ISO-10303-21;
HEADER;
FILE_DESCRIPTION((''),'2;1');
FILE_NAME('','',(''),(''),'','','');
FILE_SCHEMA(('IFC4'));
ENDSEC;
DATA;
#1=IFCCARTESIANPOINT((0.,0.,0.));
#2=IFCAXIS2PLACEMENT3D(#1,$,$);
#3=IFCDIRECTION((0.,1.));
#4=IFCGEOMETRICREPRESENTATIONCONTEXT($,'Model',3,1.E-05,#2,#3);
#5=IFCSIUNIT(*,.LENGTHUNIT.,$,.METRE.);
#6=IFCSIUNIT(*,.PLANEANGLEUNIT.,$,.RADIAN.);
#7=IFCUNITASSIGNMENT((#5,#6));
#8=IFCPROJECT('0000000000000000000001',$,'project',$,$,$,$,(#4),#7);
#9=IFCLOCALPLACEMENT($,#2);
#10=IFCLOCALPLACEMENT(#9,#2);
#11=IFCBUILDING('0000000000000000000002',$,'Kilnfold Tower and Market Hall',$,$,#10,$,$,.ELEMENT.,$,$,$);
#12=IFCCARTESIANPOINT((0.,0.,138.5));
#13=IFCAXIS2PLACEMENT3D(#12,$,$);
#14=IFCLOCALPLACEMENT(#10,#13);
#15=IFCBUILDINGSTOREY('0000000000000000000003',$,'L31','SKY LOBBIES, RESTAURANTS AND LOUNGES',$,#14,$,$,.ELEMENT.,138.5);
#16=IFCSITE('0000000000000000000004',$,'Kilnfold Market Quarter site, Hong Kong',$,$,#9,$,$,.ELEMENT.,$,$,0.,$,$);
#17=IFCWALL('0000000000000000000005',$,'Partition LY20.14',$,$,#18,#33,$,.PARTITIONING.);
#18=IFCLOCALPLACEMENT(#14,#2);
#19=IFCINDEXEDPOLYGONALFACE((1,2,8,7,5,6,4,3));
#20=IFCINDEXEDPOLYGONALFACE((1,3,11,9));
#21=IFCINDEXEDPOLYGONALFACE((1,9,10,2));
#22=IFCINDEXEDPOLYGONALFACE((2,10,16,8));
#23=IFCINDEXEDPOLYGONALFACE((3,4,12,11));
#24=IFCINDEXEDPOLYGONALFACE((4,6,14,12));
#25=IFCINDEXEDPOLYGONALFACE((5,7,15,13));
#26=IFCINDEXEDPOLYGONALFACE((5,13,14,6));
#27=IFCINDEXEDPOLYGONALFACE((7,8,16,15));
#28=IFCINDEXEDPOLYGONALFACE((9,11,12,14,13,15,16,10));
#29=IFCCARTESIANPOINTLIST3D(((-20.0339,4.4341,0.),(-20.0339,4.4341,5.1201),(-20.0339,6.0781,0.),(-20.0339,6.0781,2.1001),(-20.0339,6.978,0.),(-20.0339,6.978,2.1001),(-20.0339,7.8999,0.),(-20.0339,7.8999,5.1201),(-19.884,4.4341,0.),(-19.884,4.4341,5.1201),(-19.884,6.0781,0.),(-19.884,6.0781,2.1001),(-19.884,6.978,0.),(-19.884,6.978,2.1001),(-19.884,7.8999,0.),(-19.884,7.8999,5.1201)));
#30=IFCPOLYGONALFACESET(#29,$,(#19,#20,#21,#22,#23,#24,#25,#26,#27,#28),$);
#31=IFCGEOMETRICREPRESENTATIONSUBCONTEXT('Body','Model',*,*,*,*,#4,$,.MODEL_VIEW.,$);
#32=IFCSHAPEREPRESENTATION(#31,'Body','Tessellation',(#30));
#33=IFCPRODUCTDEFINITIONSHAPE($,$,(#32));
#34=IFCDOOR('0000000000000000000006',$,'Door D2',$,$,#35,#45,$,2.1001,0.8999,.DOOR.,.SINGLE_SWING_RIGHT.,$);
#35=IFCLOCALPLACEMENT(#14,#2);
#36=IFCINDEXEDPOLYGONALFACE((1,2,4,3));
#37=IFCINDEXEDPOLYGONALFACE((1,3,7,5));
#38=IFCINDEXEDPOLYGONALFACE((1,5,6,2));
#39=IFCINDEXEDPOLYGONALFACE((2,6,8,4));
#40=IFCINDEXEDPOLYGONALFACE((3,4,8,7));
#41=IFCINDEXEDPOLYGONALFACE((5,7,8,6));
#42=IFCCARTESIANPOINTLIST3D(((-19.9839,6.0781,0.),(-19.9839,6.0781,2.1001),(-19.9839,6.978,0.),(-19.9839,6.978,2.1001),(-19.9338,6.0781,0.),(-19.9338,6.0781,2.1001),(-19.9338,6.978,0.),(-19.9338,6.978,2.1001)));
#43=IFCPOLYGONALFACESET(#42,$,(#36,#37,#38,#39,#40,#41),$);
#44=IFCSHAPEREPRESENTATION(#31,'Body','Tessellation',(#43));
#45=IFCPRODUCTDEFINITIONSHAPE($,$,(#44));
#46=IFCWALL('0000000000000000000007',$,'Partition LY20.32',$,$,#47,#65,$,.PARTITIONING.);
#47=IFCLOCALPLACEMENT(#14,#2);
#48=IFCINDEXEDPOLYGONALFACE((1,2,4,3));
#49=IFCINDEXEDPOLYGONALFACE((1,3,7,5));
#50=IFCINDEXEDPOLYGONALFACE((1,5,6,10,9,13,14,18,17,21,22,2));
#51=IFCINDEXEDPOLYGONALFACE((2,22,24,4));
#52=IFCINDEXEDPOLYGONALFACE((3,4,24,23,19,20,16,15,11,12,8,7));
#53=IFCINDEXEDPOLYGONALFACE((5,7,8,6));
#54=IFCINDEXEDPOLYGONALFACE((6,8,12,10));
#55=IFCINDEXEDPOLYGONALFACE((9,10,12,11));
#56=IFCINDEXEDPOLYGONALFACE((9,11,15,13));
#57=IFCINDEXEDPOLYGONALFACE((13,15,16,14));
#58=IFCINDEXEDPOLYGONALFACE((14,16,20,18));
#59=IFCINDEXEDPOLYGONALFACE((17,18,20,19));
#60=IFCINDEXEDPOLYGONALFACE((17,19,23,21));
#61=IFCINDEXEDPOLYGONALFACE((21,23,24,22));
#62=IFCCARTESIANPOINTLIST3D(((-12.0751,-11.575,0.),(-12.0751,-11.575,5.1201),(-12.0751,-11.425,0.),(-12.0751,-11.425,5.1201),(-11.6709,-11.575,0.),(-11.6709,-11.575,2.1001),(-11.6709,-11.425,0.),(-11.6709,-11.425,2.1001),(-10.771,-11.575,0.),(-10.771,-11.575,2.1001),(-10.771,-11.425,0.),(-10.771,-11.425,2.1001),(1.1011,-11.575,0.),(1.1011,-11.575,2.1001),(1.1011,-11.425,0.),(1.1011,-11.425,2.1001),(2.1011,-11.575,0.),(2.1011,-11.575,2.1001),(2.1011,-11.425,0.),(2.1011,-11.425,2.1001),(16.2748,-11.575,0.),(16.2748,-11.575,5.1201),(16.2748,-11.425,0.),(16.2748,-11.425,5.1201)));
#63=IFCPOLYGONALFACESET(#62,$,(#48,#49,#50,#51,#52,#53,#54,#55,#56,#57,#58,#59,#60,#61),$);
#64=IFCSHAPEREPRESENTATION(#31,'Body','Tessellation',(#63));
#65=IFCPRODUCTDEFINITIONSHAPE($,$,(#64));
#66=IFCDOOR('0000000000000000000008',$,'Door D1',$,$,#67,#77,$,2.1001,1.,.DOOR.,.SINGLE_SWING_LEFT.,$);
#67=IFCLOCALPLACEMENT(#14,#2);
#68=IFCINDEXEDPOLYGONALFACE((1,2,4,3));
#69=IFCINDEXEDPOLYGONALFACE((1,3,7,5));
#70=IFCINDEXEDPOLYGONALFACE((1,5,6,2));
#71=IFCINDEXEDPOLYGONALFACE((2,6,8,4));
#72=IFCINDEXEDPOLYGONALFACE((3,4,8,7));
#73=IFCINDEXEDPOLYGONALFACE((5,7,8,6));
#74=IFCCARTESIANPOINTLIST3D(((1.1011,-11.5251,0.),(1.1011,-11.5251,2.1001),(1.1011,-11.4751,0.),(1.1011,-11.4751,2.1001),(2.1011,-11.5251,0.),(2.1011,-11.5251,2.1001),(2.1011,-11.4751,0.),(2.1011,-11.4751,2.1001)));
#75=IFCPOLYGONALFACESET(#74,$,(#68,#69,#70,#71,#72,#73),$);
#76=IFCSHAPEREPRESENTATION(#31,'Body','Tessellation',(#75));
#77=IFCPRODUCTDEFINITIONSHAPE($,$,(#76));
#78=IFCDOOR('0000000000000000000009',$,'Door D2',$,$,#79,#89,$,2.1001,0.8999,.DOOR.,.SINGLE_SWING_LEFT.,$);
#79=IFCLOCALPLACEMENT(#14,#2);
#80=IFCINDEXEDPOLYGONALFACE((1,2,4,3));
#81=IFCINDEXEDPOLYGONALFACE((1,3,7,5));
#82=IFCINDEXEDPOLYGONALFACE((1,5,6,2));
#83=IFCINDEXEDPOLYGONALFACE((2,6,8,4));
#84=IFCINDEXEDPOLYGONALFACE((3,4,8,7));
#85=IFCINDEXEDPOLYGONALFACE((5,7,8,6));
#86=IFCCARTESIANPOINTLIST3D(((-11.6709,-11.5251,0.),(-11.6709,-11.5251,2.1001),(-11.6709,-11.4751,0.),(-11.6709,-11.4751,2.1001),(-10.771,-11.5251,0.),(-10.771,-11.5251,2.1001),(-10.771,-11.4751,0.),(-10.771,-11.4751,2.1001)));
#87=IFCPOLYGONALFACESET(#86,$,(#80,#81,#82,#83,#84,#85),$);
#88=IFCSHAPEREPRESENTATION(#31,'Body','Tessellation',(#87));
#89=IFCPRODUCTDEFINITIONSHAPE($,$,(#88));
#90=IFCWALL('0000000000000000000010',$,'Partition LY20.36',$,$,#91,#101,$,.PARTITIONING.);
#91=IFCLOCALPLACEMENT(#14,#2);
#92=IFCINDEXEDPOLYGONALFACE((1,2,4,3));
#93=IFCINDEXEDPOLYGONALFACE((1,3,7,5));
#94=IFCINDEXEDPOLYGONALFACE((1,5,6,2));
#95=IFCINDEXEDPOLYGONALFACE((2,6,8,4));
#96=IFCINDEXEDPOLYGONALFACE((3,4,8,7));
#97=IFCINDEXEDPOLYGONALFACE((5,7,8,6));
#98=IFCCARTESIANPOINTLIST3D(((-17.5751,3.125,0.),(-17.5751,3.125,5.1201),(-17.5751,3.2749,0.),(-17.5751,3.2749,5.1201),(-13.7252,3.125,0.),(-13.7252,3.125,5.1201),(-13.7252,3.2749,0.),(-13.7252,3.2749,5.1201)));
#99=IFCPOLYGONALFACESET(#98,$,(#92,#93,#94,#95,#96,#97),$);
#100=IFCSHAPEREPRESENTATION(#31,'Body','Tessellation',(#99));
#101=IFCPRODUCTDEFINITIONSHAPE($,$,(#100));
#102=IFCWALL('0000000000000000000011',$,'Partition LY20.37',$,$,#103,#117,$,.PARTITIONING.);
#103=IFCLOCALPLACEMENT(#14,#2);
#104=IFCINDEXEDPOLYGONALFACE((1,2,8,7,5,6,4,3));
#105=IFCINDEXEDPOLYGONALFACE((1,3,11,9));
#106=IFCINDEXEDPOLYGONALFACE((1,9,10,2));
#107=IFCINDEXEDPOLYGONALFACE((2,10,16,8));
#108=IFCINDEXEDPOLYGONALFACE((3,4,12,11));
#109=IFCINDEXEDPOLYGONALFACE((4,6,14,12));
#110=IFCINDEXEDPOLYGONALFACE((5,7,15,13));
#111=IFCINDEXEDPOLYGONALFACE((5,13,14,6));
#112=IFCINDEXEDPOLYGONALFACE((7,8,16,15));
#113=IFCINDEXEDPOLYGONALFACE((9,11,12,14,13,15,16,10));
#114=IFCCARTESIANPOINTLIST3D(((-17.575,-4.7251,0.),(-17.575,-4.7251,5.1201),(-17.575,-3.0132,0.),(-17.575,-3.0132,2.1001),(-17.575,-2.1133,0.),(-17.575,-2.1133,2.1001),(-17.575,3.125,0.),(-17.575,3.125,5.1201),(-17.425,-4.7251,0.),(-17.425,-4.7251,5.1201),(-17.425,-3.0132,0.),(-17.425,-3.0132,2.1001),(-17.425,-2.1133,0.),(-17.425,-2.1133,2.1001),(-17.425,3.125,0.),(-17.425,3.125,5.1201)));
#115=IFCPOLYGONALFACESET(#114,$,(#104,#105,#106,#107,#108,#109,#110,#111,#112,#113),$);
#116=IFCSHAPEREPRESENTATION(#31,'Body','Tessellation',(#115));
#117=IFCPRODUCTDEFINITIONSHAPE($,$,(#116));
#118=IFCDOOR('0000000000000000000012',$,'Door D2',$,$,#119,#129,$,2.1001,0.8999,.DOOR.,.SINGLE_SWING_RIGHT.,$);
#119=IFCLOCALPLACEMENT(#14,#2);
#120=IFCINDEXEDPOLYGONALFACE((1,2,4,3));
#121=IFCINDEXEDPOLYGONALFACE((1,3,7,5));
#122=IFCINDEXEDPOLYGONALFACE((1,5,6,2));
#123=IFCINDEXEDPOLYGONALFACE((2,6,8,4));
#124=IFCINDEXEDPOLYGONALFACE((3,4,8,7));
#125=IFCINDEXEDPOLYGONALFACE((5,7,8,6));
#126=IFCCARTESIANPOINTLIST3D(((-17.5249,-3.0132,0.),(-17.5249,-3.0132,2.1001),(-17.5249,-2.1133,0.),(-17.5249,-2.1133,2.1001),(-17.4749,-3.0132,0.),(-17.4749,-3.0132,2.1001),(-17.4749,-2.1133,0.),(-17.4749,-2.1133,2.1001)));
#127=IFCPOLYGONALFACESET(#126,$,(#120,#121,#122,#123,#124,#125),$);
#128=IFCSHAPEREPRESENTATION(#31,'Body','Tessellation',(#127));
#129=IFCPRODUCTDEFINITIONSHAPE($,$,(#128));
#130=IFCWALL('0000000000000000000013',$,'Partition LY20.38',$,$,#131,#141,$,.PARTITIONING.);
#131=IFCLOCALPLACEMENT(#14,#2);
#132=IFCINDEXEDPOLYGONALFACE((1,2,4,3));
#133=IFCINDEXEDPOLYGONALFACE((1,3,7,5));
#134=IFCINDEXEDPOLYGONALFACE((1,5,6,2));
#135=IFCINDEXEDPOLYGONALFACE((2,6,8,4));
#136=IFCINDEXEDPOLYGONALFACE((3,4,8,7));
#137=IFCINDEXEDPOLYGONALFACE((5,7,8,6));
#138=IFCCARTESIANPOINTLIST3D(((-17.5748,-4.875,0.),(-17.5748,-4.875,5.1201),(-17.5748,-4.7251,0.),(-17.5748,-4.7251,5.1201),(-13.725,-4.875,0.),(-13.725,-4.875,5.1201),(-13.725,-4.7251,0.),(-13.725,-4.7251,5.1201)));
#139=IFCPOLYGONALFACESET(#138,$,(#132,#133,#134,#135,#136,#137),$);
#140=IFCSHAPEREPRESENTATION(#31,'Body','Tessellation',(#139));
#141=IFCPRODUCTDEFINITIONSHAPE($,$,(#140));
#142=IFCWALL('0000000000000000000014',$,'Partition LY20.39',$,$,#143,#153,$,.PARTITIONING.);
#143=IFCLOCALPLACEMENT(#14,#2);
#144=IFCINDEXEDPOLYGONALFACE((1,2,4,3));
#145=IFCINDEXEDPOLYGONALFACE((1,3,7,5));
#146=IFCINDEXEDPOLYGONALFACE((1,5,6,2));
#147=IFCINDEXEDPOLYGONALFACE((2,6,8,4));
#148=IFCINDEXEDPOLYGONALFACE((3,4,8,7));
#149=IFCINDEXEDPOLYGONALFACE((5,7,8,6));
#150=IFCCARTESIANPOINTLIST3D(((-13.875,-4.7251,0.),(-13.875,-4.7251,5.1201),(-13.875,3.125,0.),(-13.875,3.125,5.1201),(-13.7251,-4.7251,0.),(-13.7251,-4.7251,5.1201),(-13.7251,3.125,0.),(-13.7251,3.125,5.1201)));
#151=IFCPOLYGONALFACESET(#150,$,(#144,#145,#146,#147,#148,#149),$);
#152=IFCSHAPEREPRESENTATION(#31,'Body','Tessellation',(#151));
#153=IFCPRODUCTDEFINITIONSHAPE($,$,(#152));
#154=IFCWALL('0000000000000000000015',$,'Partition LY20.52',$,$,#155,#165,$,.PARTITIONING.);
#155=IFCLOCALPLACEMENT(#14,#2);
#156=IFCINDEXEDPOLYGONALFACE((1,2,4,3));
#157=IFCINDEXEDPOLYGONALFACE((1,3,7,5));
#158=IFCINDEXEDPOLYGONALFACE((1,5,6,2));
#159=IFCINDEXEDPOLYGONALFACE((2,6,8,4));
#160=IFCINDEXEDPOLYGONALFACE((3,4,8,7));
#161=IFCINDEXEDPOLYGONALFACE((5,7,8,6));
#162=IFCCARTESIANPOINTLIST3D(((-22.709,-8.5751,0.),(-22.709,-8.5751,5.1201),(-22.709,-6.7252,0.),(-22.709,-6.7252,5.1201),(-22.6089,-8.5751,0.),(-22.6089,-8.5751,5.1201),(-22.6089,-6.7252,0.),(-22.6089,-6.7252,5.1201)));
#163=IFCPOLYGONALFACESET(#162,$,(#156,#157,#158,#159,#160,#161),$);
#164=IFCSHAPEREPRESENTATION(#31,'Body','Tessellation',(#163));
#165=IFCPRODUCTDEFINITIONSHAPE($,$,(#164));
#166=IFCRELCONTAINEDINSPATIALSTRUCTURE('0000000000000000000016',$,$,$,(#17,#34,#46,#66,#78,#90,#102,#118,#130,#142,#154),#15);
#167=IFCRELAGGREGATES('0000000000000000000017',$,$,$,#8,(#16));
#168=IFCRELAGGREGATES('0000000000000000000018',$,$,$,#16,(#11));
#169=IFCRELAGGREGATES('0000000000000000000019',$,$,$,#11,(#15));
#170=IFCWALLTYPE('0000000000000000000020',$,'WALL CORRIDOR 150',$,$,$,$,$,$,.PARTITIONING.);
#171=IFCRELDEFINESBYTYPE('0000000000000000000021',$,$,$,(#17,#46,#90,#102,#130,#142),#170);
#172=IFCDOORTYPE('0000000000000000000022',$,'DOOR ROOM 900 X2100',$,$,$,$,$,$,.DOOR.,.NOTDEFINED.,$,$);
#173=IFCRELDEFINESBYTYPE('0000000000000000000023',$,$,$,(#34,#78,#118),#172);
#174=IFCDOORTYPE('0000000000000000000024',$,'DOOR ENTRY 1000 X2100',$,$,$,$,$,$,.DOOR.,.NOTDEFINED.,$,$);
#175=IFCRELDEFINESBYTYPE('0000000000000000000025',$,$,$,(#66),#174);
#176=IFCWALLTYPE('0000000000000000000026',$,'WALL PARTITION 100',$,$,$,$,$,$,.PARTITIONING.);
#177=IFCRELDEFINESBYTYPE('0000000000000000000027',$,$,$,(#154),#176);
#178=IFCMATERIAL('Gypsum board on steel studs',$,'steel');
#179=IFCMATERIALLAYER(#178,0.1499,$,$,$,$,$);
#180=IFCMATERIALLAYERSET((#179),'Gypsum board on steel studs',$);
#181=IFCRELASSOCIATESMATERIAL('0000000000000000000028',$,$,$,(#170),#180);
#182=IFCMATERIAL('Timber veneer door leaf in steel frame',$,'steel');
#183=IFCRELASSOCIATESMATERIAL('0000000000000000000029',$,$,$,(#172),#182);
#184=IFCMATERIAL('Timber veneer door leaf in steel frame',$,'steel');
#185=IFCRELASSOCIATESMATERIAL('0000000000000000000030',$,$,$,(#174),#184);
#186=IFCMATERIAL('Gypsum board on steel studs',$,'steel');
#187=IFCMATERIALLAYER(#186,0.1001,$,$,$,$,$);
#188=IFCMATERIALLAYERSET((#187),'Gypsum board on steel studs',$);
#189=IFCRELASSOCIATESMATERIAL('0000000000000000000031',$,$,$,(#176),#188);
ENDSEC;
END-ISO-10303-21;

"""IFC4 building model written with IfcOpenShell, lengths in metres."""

from ifc_helpers import new_model, si_unit, direction, frame, frame_2d, origin, place, context, subcontext, project, spatial, rectangle, extrude, material, layer, layer_set, type_object, element, fill, save


model = new_model("IFC4")

# Units and contexts
model_context = context("Model", 3, precision=1e-05, world=origin(), true_north=direction((0.0, 1.0)))
body_context = subcontext(model_context, "Body", "Model", "MODEL_VIEW")
ifc_project = project(units=[si_unit("LENGTHUNIT", "METRE"), si_unit("PLANEANGLEUNIT", "RADIAN")], contexts=[model_context])

# Site, building, storey
site_placement = place(None, origin())
site = spatial("IfcSite", under=ifc_project, at=site_placement, Name="Kilnfold Market Quarter site, Hong Kong", CompositionType="ELEMENT", RefElevation=0.0)
building_placement = place(site_placement, origin())
building = spatial("IfcBuilding", under=site, at=building_placement, Name="Kilnfold Tower and Market Hall", CompositionType="ELEMENT")
storey_placement = place(building_placement, frame((0.0, 0.0, 138.5)))
storey = spatial("IfcBuildingStorey", under=building, at=storey_placement, Name="L31", Description="SKY LOBBIES, RESTAURANTS AND LOUNGES", CompositionType="ELEMENT", Elevation=138.5)

# Shared definitions
ifc_material_1 = material(Name="Gypsum board on steel studs", Category="steel")
ifc_layer_1 = layer(ifc_material_1, 0.1499)
ifc_layer_set_1 = layer_set([ifc_layer_1], Name="Gypsum board on steel studs")
wall_type_1 = type_object("IfcWallType", Name="WALL CORRIDOR 150", PredefinedType="PARTITIONING", material=ifc_layer_set_1)

# Wall, opening, door
ifc_material_2 = material(Name="Timber veneer door leaf in steel frame", Category="steel")
door_type_1 = type_object("IfcDoorType", Name="DOOR ROOM 900 X2100", OperationType="NOTDEFINED", PredefinedType="DOOR", material=ifc_material_2)
wall_1_placement = place(storey_placement, frame((-19.959, 4.4341, 0.0), z_axis=(0.0, 0.0, 1.0), x_axis=(0.0, 1.0, 0.0)))
wall_1 = element("IfcWall", 1, at=wall_1_placement, inside=storey, type_object=wall_type_1, Name="Partition LY20.14", PredefinedType="PARTITIONING", context=body_context, shape_type="SweptSolid", body=[
    extrude(rectangle(XDim=3.4658, YDim=0.1499, at=frame_2d((1.7329, 0.0))), origin(), (0.0, 0.0, 1.0), 5.1201),
])
opening_1_placement = place(wall_1_placement, frame((1.644, 0.0, 0.0)))
opening_1 = element("IfcOpeningElement", 2, at=opening_1_placement, cuts=wall_1, PredefinedType="OPENING", context=body_context, shape_type="SweptSolid", body=[
    extrude(rectangle(XDim=0.8999, YDim=2.1001, at=frame_2d((0.45, 1.05))), frame((0.0, 0.085, 0.0), z_axis=(0.0, -1.0, 0.0), x_axis=(1.0, 0.0, 0.0)), (0.0, 0.0, 1.0), 0.1699),
])
door_1_placement = place(opening_1_placement, origin())
door_1 = element("IfcDoor", 3, at=door_1_placement, inside=storey, type_object=door_type_1, Name="Door D2", OperationType="SINGLE_SWING_RIGHT", OverallHeight=2.1001, OverallWidth=0.8999, PredefinedType="DOOR", context=body_context, shape_type="SweptSolid", body=[
    extrude(rectangle(XDim=0.8999, YDim=2.1001, at=frame_2d((0.45, 1.05))), frame((0.0, 0.0249, 0.0), z_axis=(0.0, -1.0, 0.0), x_axis=(1.0, 0.0, 0.0)), (0.0, 0.0, 1.0), 0.05),
])
fill(opening_1, door_1)

# Wall, openings, doors
wall_2_placement = place(storey_placement, frame((-12.075, -11.5, 0.0), z_axis=(0.0, 0.0, 1.0), x_axis=(1.0, 0.0, 0.0)))
wall_2 = element("IfcWall", 4, at=wall_2_placement, inside=storey, type_object=wall_type_1, Name="Partition LY20.32", PredefinedType="PARTITIONING", context=body_context, shape_type="SweptSolid", body=[
    extrude(rectangle(XDim=28.3499, YDim=0.1499, at=frame_2d((14.1748, 0.0))), origin(), (0.0, 0.0, 1.0), 5.1201),
])
opening_2_placement = place(wall_2_placement, frame((0.4041, 0.0, 0.0)))
opening_2 = element("IfcOpeningElement", 5, at=opening_2_placement, cuts=wall_2, PredefinedType="OPENING", context=body_context, shape_type="SweptSolid", body=[
    extrude(rectangle(XDim=0.8999, YDim=2.1001, at=frame_2d((0.45, 1.05))), frame((0.0, 0.085, 0.0), z_axis=(0.0, -1.0, 0.0), x_axis=(1.0, 0.0, 0.0)), (0.0, 0.0, 1.0), 0.1699),
])
opening_3_placement = place(wall_2_placement, frame((13.176, 0.0, 0.0)))
opening_3 = element("IfcOpeningElement", 6, at=opening_3_placement, cuts=wall_2, PredefinedType="OPENING", context=body_context, shape_type="SweptSolid", body=[
    extrude(rectangle(XDim=1.0, YDim=2.1001, at=frame_2d((0.5, 1.05))), frame((0.0, 0.085, 0.0), z_axis=(0.0, -1.0, 0.0), x_axis=(1.0, 0.0, 0.0)), (0.0, 0.0, 1.0), 0.1699),
])
ifc_material_3 = material(Name="Timber veneer door leaf in steel frame", Category="steel")
door_type_2 = type_object("IfcDoorType", Name="DOOR ENTRY 1000 X2100", OperationType="NOTDEFINED", PredefinedType="DOOR", material=ifc_material_3)
door_2_placement = place(opening_3_placement, origin())
door_2 = element("IfcDoor", 7, at=door_2_placement, inside=storey, type_object=door_type_2, Name="Door D1", OperationType="SINGLE_SWING_LEFT", OverallHeight=2.1001, OverallWidth=1.0, PredefinedType="DOOR", context=body_context, shape_type="SweptSolid", body=[
    extrude(rectangle(XDim=1.0, YDim=2.1001, at=frame_2d((0.5, 1.05))), frame((0.0, 0.0249, 0.0), z_axis=(0.0, -1.0, 0.0), x_axis=(1.0, 0.0, 0.0)), (0.0, 0.0, 1.0), 0.05),
])
fill(opening_3, door_2)
door_3_placement = place(opening_2_placement, origin())
door_3 = element("IfcDoor", 8, at=door_3_placement, inside=storey, type_object=door_type_1, Name="Door D2", OperationType="SINGLE_SWING_LEFT", OverallHeight=2.1001, OverallWidth=0.8999, PredefinedType="DOOR", context=body_context, shape_type="SweptSolid", body=[
    extrude(rectangle(XDim=0.8999, YDim=2.1001, at=frame_2d((0.45, 1.05))), frame((0.0, 0.0249, 0.0), z_axis=(0.0, -1.0, 0.0), x_axis=(1.0, 0.0, 0.0)), (0.0, 0.0, 1.0), 0.05),
])
fill(opening_2, door_3)

# Wall
wall_3_placement = place(storey_placement, frame((-17.575, 3.2, 0.0), z_axis=(0.0, 0.0, 1.0), x_axis=(1.0, 0.0, 0.0)))
element("IfcWall", 9, at=wall_3_placement, inside=storey, type_object=wall_type_1, Name="Partition LY20.36", PredefinedType="PARTITIONING", context=body_context, shape_type="SweptSolid", body=[
    extrude(rectangle(XDim=3.8499, YDim=0.1499, at=frame_2d((1.9248, 0.0))), origin(), (0.0, 0.0, 1.0), 5.1201),
])

# Wall, opening, door
wall_4_placement = place(storey_placement, frame((-17.5, -4.7251, 0.0), z_axis=(0.0, 0.0, 1.0), x_axis=(0.0, 1.0, 0.0)))
wall_4 = element("IfcWall", 10, at=wall_4_placement, inside=storey, type_object=wall_type_1, Name="Partition LY20.37", PredefinedType="PARTITIONING", context=body_context, shape_type="SweptSolid", body=[
    extrude(rectangle(XDim=7.8501, YDim=0.1499, at=frame_2d((3.925, 0.0))), origin(), (0.0, 0.0, 1.0), 5.1201),
])
opening_4_placement = place(wall_4_placement, frame((1.7119, 0.0, 0.0)))
opening_4 = element("IfcOpeningElement", 11, at=opening_4_placement, cuts=wall_4, PredefinedType="OPENING", context=body_context, shape_type="SweptSolid", body=[
    extrude(rectangle(XDim=0.8999, YDim=2.1001, at=frame_2d((0.45, 1.05))), frame((0.0, 0.085, 0.0), z_axis=(0.0, -1.0, 0.0), x_axis=(1.0, 0.0, 0.0)), (0.0, 0.0, 1.0), 0.1699),
])
door_4_placement = place(opening_4_placement, origin())
door_4 = element("IfcDoor", 12, at=door_4_placement, inside=storey, type_object=door_type_1, Name="Door D2", OperationType="SINGLE_SWING_RIGHT", OverallHeight=2.1001, OverallWidth=0.8999, PredefinedType="DOOR", context=body_context, shape_type="SweptSolid", body=[
    extrude(rectangle(XDim=0.8999, YDim=2.1001, at=frame_2d((0.45, 1.05))), frame((0.0, 0.0249, 0.0), z_axis=(0.0, -1.0, 0.0), x_axis=(1.0, 0.0, 0.0)), (0.0, 0.0, 1.0), 0.05),
])
fill(opening_4, door_4)

# Walls
wall_5_placement = place(storey_placement, frame((-13.7251, -4.8, 0.0), z_axis=(0.0, 0.0, 1.0), x_axis=(-1.0, 0.0, 0.0)))
element("IfcWall", 13, at=wall_5_placement, inside=storey, type_object=wall_type_1, Name="Partition LY20.38", PredefinedType="PARTITIONING", context=body_context, shape_type="SweptSolid", body=[
    extrude(rectangle(XDim=3.8499, YDim=0.1499, at=frame_2d((1.9248, 0.0))), origin(), (0.0, 0.0, 1.0), 5.1201),
])
wall_6_placement = place(storey_placement, frame((-13.8, 3.125, 0.0), z_axis=(0.0, 0.0, 1.0), x_axis=(0.0, -1.0, 0.0)))
element("IfcWall", 14, at=wall_6_placement, inside=storey, type_object=wall_type_1, Name="Partition LY20.39", PredefinedType="PARTITIONING", context=body_context, shape_type="SweptSolid", body=[
    extrude(rectangle(XDim=7.8501, YDim=0.1499, at=frame_2d((3.925, 0.0))), origin(), (0.0, 0.0, 1.0), 5.1201),
])
ifc_material_4 = material(Name="Gypsum board on steel studs", Category="steel")
ifc_layer_2 = layer(ifc_material_4, 0.1001)
ifc_layer_set_2 = layer_set([ifc_layer_2], Name="Gypsum board on steel studs")
wall_type_2 = type_object("IfcWallType", Name="WALL PARTITION 100", PredefinedType="PARTITIONING", material=ifc_layer_set_2)
wall_7_placement = place(storey_placement, frame((-22.6589, -8.575, 0.0), z_axis=(0.0, 0.0, 1.0), x_axis=(0.0, 1.0, 0.0)))
element("IfcWall", 15, at=wall_7_placement, inside=storey, type_object=wall_type_2, Name="Partition LY20.52", PredefinedType="PARTITIONING", context=body_context, shape_type="SweptSolid", body=[
    extrude(rectangle(XDim=1.8499, YDim=0.1001, at=frame_2d((0.9248, 0.0))), origin(), (0.0, 0.0, 1.0), 5.1201),
])

save(model, "model.ifc")
